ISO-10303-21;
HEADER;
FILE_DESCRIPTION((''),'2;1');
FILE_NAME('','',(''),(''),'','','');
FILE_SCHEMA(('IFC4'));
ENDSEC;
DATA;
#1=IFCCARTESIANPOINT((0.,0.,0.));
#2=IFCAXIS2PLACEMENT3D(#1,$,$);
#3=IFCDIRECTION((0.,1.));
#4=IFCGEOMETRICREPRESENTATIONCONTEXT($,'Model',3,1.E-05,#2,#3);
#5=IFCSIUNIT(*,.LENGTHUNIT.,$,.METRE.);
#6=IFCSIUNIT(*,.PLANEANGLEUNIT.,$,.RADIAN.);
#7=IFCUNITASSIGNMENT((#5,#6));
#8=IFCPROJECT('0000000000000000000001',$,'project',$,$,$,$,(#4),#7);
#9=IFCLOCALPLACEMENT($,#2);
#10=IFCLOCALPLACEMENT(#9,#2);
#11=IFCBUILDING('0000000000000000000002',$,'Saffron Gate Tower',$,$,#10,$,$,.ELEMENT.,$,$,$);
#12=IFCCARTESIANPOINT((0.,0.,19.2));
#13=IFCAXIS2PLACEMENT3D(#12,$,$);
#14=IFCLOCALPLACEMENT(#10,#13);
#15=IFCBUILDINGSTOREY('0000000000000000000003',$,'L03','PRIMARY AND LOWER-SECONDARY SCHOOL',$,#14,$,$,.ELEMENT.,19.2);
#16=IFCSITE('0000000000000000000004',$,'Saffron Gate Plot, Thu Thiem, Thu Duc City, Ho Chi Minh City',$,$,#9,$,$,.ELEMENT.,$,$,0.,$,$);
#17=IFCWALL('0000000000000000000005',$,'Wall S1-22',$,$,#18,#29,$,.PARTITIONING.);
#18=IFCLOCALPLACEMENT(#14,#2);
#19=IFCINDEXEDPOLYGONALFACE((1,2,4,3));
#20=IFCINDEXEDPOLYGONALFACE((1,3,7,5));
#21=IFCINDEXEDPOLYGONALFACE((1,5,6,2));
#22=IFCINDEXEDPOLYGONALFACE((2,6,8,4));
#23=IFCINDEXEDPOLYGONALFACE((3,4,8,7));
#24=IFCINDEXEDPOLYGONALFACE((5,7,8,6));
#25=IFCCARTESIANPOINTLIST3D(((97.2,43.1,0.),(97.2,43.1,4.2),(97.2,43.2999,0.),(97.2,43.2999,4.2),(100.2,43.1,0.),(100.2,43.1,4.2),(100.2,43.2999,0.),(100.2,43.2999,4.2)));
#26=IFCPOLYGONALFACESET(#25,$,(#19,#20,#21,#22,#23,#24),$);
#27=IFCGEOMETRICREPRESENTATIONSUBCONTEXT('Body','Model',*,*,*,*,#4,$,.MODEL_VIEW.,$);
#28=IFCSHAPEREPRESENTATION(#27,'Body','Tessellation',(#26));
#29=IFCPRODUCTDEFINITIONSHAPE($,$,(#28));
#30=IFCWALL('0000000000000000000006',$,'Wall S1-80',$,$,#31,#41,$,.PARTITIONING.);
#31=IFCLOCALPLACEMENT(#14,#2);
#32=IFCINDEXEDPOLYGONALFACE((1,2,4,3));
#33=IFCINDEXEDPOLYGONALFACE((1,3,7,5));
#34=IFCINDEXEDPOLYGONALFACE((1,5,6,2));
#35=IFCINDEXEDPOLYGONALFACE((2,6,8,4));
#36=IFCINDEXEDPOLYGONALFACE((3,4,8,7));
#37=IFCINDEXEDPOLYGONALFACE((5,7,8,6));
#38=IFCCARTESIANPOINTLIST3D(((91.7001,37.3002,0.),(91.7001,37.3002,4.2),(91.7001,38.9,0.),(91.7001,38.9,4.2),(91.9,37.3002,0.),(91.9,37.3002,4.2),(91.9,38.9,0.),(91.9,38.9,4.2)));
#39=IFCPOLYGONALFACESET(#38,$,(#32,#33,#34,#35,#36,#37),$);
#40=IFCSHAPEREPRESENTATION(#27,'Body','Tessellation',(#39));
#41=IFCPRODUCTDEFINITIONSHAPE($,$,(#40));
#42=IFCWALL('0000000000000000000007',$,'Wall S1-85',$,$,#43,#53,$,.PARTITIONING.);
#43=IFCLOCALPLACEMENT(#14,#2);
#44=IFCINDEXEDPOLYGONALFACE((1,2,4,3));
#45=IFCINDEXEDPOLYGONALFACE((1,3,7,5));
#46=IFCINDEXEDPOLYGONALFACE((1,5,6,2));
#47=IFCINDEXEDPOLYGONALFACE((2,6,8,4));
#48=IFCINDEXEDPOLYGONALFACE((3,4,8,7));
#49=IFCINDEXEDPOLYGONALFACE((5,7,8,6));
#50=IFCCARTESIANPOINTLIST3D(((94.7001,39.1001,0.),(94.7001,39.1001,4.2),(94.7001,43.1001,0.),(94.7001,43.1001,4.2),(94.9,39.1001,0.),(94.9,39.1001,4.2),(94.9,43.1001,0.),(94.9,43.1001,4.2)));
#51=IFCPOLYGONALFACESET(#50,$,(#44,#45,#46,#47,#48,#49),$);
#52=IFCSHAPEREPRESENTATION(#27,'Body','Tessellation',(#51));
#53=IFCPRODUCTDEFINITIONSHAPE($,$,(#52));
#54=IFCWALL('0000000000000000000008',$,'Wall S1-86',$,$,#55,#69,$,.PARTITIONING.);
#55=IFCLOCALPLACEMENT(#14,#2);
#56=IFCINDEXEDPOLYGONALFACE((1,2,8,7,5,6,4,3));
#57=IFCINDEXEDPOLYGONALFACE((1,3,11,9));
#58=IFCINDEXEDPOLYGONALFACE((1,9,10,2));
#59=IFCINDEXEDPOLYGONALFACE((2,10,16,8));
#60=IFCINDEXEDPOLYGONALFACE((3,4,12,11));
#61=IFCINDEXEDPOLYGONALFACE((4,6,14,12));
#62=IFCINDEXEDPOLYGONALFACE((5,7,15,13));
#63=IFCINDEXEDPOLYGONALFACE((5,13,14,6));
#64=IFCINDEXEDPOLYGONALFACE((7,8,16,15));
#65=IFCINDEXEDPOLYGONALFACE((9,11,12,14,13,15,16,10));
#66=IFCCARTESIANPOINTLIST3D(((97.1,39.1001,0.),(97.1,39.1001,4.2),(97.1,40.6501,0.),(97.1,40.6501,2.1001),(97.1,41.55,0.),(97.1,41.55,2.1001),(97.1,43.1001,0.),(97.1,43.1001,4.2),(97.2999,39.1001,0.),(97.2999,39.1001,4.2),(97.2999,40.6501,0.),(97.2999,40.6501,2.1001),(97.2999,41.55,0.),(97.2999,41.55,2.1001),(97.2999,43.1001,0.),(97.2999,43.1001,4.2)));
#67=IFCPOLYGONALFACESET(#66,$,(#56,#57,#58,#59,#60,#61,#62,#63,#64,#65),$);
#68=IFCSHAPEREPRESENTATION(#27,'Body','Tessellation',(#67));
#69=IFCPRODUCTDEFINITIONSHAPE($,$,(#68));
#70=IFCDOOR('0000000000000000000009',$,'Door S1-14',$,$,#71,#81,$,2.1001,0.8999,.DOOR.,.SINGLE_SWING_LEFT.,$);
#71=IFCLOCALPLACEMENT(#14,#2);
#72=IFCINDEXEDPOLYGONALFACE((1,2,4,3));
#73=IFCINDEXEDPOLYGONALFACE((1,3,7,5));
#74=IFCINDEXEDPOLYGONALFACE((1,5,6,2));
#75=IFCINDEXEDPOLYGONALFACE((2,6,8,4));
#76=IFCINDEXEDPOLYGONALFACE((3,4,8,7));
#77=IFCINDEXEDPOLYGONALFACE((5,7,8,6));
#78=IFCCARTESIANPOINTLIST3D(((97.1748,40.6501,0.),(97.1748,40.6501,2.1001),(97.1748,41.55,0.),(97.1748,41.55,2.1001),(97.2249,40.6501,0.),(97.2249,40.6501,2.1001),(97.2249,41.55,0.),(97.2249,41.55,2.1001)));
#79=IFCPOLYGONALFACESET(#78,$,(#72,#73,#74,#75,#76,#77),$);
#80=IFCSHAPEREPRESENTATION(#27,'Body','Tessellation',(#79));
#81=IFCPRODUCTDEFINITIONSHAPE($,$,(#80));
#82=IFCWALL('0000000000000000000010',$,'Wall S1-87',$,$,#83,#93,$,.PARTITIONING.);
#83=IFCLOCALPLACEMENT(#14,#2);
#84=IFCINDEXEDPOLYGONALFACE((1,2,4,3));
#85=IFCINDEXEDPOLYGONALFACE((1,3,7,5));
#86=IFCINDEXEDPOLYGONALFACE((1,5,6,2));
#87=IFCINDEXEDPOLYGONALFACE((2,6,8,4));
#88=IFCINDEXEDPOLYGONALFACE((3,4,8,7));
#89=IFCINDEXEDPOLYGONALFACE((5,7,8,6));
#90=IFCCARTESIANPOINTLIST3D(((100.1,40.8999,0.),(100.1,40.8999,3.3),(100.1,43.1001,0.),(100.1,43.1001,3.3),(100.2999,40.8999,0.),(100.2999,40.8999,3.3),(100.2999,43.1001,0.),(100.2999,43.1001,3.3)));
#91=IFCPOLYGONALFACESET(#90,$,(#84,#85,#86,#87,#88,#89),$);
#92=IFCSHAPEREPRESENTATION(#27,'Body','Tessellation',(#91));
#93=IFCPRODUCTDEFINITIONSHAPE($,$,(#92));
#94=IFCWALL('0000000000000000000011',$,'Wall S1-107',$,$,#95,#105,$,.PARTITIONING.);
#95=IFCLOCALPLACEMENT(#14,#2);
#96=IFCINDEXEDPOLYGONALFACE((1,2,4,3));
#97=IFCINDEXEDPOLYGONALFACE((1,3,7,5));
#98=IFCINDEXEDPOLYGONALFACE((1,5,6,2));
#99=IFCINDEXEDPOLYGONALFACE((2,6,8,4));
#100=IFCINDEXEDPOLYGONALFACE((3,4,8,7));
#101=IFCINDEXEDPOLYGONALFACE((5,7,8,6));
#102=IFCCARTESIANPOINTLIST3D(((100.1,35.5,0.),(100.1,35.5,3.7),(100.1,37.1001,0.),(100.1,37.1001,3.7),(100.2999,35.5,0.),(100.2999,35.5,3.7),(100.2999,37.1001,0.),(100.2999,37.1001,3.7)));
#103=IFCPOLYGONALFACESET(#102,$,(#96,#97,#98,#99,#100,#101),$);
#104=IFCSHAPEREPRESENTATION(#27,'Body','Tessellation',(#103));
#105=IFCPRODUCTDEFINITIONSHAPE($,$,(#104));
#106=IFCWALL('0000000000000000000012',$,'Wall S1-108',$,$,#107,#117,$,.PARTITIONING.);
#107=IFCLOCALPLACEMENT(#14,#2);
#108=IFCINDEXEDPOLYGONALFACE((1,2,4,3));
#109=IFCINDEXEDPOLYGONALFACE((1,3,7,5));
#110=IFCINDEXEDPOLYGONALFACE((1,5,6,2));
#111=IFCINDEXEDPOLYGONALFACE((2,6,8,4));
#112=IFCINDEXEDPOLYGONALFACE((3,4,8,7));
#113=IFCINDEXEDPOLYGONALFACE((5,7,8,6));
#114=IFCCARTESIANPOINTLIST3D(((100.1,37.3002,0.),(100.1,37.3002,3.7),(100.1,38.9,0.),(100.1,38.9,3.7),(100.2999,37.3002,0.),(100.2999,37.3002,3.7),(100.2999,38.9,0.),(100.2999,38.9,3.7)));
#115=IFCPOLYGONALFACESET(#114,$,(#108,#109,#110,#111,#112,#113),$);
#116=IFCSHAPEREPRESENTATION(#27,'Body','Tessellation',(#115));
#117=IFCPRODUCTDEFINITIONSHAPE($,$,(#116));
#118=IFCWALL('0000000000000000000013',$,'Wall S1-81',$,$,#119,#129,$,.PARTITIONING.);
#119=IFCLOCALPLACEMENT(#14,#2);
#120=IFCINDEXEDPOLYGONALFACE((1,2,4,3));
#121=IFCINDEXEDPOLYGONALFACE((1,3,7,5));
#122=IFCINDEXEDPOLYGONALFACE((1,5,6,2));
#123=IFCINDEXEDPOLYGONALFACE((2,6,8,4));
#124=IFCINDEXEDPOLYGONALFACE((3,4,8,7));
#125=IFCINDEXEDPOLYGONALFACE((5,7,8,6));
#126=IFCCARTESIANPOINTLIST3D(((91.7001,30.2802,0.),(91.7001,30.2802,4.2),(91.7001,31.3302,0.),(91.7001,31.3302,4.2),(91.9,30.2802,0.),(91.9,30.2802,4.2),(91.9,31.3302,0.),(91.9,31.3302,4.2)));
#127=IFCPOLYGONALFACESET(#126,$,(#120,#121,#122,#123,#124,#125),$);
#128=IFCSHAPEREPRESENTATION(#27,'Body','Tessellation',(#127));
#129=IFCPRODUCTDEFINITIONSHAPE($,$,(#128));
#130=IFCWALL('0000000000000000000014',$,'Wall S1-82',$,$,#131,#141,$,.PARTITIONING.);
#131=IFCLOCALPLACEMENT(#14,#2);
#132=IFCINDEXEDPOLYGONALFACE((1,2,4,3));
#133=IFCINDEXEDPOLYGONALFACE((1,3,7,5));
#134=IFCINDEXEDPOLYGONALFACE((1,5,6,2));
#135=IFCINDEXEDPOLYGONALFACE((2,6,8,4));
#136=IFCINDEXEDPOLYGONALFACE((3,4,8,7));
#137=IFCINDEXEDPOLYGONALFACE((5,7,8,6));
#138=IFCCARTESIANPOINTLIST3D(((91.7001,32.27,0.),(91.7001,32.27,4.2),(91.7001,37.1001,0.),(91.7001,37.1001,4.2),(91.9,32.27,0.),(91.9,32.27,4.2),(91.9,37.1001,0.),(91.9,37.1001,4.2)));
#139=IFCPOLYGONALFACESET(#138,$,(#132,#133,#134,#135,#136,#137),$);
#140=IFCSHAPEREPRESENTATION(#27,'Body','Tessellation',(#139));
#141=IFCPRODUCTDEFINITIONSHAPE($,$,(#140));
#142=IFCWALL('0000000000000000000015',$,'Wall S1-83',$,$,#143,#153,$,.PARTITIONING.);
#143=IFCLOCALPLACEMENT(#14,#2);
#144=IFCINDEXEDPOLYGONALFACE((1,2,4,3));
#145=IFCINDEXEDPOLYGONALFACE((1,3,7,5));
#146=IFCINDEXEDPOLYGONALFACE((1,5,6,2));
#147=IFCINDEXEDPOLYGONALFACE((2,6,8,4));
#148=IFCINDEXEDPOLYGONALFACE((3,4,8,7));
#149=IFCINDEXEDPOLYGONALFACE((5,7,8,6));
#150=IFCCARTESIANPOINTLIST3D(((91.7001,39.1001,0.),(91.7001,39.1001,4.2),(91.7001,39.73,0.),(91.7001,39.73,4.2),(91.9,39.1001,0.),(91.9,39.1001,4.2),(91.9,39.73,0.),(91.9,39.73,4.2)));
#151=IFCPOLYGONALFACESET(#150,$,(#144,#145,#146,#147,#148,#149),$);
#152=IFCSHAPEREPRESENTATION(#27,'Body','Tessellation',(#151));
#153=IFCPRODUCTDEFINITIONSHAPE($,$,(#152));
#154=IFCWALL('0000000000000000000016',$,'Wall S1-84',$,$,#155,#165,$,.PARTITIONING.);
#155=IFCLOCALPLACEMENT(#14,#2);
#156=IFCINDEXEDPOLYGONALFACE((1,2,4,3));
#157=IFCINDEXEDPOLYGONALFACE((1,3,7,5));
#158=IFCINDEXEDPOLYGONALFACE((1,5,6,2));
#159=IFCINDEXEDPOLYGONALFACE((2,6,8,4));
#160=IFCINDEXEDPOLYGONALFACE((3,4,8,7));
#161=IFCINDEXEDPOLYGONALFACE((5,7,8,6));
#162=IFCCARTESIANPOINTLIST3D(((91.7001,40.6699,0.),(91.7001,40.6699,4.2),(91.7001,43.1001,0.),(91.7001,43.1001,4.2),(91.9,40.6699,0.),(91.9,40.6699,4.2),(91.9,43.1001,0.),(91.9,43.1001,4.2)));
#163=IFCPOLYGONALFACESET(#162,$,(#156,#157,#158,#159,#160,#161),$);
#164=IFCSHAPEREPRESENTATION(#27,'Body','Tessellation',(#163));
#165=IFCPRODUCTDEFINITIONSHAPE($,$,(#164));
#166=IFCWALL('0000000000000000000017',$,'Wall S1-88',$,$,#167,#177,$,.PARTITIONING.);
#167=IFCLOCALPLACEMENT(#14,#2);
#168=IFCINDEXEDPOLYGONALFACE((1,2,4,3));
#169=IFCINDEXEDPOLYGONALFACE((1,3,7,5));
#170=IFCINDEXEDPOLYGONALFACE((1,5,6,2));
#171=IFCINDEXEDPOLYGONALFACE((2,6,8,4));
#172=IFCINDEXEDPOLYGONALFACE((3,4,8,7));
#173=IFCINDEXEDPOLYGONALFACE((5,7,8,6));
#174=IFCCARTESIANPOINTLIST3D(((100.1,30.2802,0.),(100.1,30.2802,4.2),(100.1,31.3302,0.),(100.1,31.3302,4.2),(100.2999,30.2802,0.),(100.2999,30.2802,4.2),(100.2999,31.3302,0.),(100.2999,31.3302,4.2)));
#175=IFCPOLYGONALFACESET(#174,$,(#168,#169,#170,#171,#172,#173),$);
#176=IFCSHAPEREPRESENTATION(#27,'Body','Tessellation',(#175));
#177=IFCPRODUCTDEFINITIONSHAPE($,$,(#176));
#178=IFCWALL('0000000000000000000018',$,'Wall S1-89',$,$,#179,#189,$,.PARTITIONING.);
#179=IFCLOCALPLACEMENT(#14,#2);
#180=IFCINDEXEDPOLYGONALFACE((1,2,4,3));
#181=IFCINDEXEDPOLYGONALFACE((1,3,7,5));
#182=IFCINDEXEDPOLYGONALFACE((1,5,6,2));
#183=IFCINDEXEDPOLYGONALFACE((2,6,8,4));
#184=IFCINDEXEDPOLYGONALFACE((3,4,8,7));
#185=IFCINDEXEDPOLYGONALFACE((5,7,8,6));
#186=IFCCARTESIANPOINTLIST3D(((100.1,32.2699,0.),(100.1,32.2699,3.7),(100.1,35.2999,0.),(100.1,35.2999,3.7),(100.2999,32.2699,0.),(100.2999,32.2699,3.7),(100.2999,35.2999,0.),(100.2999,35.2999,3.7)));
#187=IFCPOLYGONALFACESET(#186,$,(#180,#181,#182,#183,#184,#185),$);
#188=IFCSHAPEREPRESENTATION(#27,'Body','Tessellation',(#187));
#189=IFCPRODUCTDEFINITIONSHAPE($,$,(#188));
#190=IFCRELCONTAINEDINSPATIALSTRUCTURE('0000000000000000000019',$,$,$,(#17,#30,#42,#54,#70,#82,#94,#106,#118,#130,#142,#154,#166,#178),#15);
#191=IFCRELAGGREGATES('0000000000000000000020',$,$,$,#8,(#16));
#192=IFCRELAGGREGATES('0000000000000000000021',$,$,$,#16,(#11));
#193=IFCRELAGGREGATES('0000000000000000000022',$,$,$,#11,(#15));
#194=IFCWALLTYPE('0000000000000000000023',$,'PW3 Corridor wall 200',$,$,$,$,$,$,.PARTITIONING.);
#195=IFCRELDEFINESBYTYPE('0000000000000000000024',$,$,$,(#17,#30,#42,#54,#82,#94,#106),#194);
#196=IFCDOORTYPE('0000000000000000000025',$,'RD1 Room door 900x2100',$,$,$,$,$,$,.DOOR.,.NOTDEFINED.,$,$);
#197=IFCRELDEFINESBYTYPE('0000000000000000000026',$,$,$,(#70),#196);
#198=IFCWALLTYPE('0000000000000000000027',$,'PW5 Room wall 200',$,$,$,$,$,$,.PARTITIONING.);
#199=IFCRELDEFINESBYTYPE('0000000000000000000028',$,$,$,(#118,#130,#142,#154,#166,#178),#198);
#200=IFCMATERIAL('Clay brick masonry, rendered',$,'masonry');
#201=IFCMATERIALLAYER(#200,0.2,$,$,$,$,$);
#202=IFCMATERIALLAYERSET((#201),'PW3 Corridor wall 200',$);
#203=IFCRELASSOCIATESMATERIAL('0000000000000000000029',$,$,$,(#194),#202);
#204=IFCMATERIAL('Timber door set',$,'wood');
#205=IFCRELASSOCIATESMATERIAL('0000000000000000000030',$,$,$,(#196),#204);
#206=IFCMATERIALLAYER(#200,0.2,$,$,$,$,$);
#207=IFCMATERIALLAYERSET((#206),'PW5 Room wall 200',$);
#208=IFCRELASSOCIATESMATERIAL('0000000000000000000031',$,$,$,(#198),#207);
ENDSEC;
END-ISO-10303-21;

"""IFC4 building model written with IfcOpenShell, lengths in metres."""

from ifc_helpers import new_model, si_unit, direction, frame, frame_2d, origin, place, context, subcontext, project, spatial, rectangle, extrude, material, layer, layer_set, type_object, element, fill, save


model = new_model("IFC4")

# Units and contexts
model_context = context("Model", 3, precision=1e-05, world=origin(), true_north=direction((0.0, 1.0)))
body_context = subcontext(model_context, "Body", "Model", "MODEL_VIEW")
ifc_project = project(units=[si_unit("LENGTHUNIT", "METRE"), si_unit("PLANEANGLEUNIT", "RADIAN")], contexts=[model_context])

# Site, building, storey
site_placement = place(None, origin())
site = spatial("IfcSite", under=ifc_project, at=site_placement, Name="Saffron Gate Plot, Thu Thiem, Thu Duc City, Ho Chi Minh City", CompositionType="ELEMENT", RefElevation=0.0)
building_placement = place(site_placement, origin())
building = spatial("IfcBuilding", under=site, at=building_placement, Name="Saffron Gate Tower", CompositionType="ELEMENT")
storey_placement = place(building_placement, frame((0.0, 0.0, 19.2)))
storey = spatial("IfcBuildingStorey", under=building, at=storey_placement, Name="L03", Description="PRIMARY AND LOWER-SECONDARY SCHOOL", CompositionType="ELEMENT", Elevation=19.2)

# Shared definitions
ifc_material_1 = material(Name="Clay brick masonry, rendered", Category="masonry")

# Shared definitions
ifc_layer_1 = layer(ifc_material_1, 0.2)
ifc_layer_set_1 = layer_set([ifc_layer_1], Name="PW3 Corridor wall 200")
wall_type_1 = type_object("IfcWallType", Name="PW3 Corridor wall 200", PredefinedType="PARTITIONING", material=ifc_layer_set_1)
ifc_material_2 = material(Name="Timber door set", Category="wood")
door_type_1 = type_object("IfcDoorType", Name="RD1 Room door 900x2100", OperationType="NOTDEFINED", PredefinedType="DOOR", material=ifc_material_2)

# Walls
wall_1_placement = place(storey_placement, frame((97.2, 43.2, 0.0), z_axis=(0.0, 0.0, 1.0), x_axis=(1.0, 0.0, 0.0)))
element("IfcWall", 1, at=wall_1_placement, inside=storey, type_object=wall_type_1, Name="Wall S1-22", PredefinedType="PARTITIONING", context=body_context, shape_type="SweptSolid", body=[
    extrude(rectangle(XDim=3.0, YDim=0.2, at=frame_2d((1.5, 0.0))), origin(), (0.0, 0.0, 1.0), 4.2),
])
wall_2_placement = place(storey_placement, frame((91.8, 38.8999, 0.0), z_axis=(0.0, 0.0, 1.0), x_axis=(0.0, -1.0, 0.0)))
element("IfcWall", 2, at=wall_2_placement, inside=storey, type_object=wall_type_1, Name="Wall S1-80", PredefinedType="PARTITIONING", context=body_context, shape_type="SweptSolid", body=[
    extrude(rectangle(XDim=1.5999, YDim=0.2, at=frame_2d((0.7998, 0.0))), origin(), (0.0, 0.0, 1.0), 4.2),
])
wall_3_placement = place(storey_placement, frame((94.8, 43.1001, 0.0), z_axis=(0.0, 0.0, 1.0), x_axis=(0.0, -1.0, 0.0)))
element("IfcWall", 3, at=wall_3_placement, inside=storey, type_object=wall_type_1, Name="Wall S1-85", PredefinedType="PARTITIONING", context=body_context, shape_type="SweptSolid", body=[
    extrude(rectangle(XDim=4.0, YDim=0.2, at=frame_2d((2.0, 0.0))), origin(), (0.0, 0.0, 1.0), 4.2),
])

# Wall, opening, door
wall_4_placement = place(storey_placement, frame((97.2, 43.1001, 0.0), z_axis=(0.0, 0.0, 1.0), x_axis=(0.0, -1.0, 0.0)))
wall_4 = element("IfcWall", 4, at=wall_4_placement, inside=storey, type_object=wall_type_1, Name="Wall S1-86", PredefinedType="PARTITIONING", context=body_context, shape_type="SweptSolid", body=[
    extrude(rectangle(XDim=4.0, YDim=0.2, at=frame_2d((2.0, 0.0))), origin(), (0.0, 0.0, 1.0), 4.2),
])
opening_1_placement = place(wall_4_placement, frame((1.55, 0.0, 0.0)))
opening_1 = element("IfcOpeningElement", 5, at=opening_1_placement, cuts=wall_4, PredefinedType="OPENING", context=body_context, shape_type="SweptSolid", body=[
    extrude(rectangle(XDim=0.8999, YDim=2.1001, at=frame_2d((0.45, 1.05))), frame((0.0, 0.1099, 0.0), z_axis=(0.0, -1.0, 0.0), x_axis=(1.0, 0.0, 0.0)), (0.0, 0.0, 1.0), 0.22),
])
door_1_placement = place(opening_1_placement, origin())
door_1 = element("IfcDoor", 6, at=door_1_placement, inside=storey, type_object=door_type_1, Name="Door S1-14", OperationType="SINGLE_SWING_LEFT", OverallHeight=2.1001, OverallWidth=0.8999, PredefinedType="DOOR", context=body_context, shape_type="SweptSolid", body=[
    extrude(rectangle(XDim=0.8999, YDim=2.1001, at=frame_2d((0.45, 1.05))), frame((0.0, 0.0249, 0.0), z_axis=(0.0, -1.0, 0.0), x_axis=(1.0, 0.0, 0.0)), (0.0, 0.0, 1.0), 0.05),
])
fill(opening_1, door_1)

# Walls
wall_5_placement = place(storey_placement, frame((100.2, 43.1001, 0.0), z_axis=(0.0, 0.0, 1.0), x_axis=(0.0, -1.0, 0.0)))
element("IfcWall", 7, at=wall_5_placement, inside=storey, type_object=wall_type_1, Name="Wall S1-87", PredefinedType="PARTITIONING", context=body_context, shape_type="SweptSolid", body=[
    extrude(rectangle(XDim=2.2002, YDim=0.2, at=frame_2d((1.1001, 0.0))), origin(), (0.0, 0.0, 1.0), 3.3),
])
wall_6_placement = place(storey_placement, frame((100.2, 37.1001, 0.0), z_axis=(0.0, 0.0, 1.0), x_axis=(0.0, -1.0, 0.0)))
element("IfcWall", 8, at=wall_6_placement, inside=storey, type_object=wall_type_1, Name="Wall S1-107", PredefinedType="PARTITIONING", context=body_context, shape_type="SweptSolid", body=[
    extrude(rectangle(XDim=1.6001, YDim=0.2, at=frame_2d((0.8, 0.0))), origin(), (0.0, 0.0, 1.0), 3.7),
])
wall_7_placement = place(storey_placement, frame((100.2, 38.8999, 0.0), z_axis=(0.0, 0.0, 1.0), x_axis=(0.0, -1.0, 0.0)))
element("IfcWall", 9, at=wall_7_placement, inside=storey, type_object=wall_type_1, Name="Wall S1-108", PredefinedType="PARTITIONING", context=body_context, shape_type="SweptSolid", body=[
    extrude(rectangle(XDim=1.5999, YDim=0.2, at=frame_2d((0.7998, 0.0))), origin(), (0.0, 0.0, 1.0), 3.7),
])
ifc_layer_2 = layer(ifc_material_1, 0.2)
ifc_layer_set_2 = layer_set([ifc_layer_2], Name="PW5 Room wall 200")
wall_type_2 = type_object("IfcWallType", Name="PW5 Room wall 200", PredefinedType="PARTITIONING", material=ifc_layer_set_2)
wall_8_placement = place(storey_placement, frame((91.8, 31.3301, 0.0), z_axis=(0.0, 0.0, 1.0), x_axis=(0.0, -1.0, 0.0)))
element("IfcWall", 10, at=wall_8_placement, inside=storey, type_object=wall_type_2, Name="Wall S1-81", PredefinedType="PARTITIONING", context=body_context, shape_type="SweptSolid", body=[
    extrude(rectangle(XDim=1.05, YDim=0.2, at=frame_2d((0.5249, 0.0))), origin(), (0.0, 0.0, 1.0), 4.2),
])
wall_9_placement = place(storey_placement, frame((91.8, 37.1001, 0.0), z_axis=(0.0, 0.0, 1.0), x_axis=(0.0, -1.0, 0.0)))
element("IfcWall", 11, at=wall_9_placement, inside=storey, type_object=wall_type_2, Name="Wall S1-82", PredefinedType="PARTITIONING", context=body_context, shape_type="SweptSolid", body=[
    extrude(rectangle(XDim=4.8301, YDim=0.2, at=frame_2d((2.415, 0.0))), origin(), (0.0, 0.0, 1.0), 4.2),
])
wall_10_placement = place(storey_placement, frame((91.8, 39.73, 0.0), z_axis=(0.0, 0.0, 1.0), x_axis=(0.0, -1.0, 0.0)))
element("IfcWall", 12, at=wall_10_placement, inside=storey, type_object=wall_type_2, Name="Wall S1-83", PredefinedType="PARTITIONING", context=body_context, shape_type="SweptSolid", body=[
    extrude(rectangle(XDim=0.6299, YDim=0.2, at=frame_2d((0.3149, 0.0))), origin(), (0.0, 0.0, 1.0), 4.2),
])
wall_11_placement = place(storey_placement, frame((91.8, 43.1001, 0.0), z_axis=(0.0, 0.0, 1.0), x_axis=(0.0, -1.0, 0.0)))
element("IfcWall", 13, at=wall_11_placement, inside=storey, type_object=wall_type_2, Name="Wall S1-84", PredefinedType="PARTITIONING", context=body_context, shape_type="SweptSolid", body=[
    extrude(rectangle(XDim=2.4302, YDim=0.2, at=frame_2d((1.2151, 0.0))), origin(), (0.0, 0.0, 1.0), 4.2),
])
wall_12_placement = place(storey_placement, frame((100.2, 31.3301, 0.0), z_axis=(0.0, 0.0, 1.0), x_axis=(0.0, -1.0, 0.0)))
element("IfcWall", 14, at=wall_12_placement, inside=storey, type_object=wall_type_2, Name="Wall S1-88", PredefinedType="PARTITIONING", context=body_context, shape_type="SweptSolid", body=[
    extrude(rectangle(XDim=1.05, YDim=0.2, at=frame_2d((0.5249, 0.0))), origin(), (0.0, 0.0, 1.0), 4.2),
])
wall_13_placement = place(storey_placement, frame((100.2, 35.3, 0.0), z_axis=(0.0, 0.0, 1.0), x_axis=(0.0, -1.0, 0.0)))
element("IfcWall", 15, at=wall_13_placement, inside=storey, type_object=wall_type_2, Name="Wall S1-89", PredefinedType="PARTITIONING", context=body_context, shape_type="SweptSolid", body=[
    extrude(rectangle(XDim=3.03, YDim=0.2, at=frame_2d((1.5151, 0.0))), origin(), (0.0, 0.0, 1.0), 3.7),
])

save(model, "model.ifc")
